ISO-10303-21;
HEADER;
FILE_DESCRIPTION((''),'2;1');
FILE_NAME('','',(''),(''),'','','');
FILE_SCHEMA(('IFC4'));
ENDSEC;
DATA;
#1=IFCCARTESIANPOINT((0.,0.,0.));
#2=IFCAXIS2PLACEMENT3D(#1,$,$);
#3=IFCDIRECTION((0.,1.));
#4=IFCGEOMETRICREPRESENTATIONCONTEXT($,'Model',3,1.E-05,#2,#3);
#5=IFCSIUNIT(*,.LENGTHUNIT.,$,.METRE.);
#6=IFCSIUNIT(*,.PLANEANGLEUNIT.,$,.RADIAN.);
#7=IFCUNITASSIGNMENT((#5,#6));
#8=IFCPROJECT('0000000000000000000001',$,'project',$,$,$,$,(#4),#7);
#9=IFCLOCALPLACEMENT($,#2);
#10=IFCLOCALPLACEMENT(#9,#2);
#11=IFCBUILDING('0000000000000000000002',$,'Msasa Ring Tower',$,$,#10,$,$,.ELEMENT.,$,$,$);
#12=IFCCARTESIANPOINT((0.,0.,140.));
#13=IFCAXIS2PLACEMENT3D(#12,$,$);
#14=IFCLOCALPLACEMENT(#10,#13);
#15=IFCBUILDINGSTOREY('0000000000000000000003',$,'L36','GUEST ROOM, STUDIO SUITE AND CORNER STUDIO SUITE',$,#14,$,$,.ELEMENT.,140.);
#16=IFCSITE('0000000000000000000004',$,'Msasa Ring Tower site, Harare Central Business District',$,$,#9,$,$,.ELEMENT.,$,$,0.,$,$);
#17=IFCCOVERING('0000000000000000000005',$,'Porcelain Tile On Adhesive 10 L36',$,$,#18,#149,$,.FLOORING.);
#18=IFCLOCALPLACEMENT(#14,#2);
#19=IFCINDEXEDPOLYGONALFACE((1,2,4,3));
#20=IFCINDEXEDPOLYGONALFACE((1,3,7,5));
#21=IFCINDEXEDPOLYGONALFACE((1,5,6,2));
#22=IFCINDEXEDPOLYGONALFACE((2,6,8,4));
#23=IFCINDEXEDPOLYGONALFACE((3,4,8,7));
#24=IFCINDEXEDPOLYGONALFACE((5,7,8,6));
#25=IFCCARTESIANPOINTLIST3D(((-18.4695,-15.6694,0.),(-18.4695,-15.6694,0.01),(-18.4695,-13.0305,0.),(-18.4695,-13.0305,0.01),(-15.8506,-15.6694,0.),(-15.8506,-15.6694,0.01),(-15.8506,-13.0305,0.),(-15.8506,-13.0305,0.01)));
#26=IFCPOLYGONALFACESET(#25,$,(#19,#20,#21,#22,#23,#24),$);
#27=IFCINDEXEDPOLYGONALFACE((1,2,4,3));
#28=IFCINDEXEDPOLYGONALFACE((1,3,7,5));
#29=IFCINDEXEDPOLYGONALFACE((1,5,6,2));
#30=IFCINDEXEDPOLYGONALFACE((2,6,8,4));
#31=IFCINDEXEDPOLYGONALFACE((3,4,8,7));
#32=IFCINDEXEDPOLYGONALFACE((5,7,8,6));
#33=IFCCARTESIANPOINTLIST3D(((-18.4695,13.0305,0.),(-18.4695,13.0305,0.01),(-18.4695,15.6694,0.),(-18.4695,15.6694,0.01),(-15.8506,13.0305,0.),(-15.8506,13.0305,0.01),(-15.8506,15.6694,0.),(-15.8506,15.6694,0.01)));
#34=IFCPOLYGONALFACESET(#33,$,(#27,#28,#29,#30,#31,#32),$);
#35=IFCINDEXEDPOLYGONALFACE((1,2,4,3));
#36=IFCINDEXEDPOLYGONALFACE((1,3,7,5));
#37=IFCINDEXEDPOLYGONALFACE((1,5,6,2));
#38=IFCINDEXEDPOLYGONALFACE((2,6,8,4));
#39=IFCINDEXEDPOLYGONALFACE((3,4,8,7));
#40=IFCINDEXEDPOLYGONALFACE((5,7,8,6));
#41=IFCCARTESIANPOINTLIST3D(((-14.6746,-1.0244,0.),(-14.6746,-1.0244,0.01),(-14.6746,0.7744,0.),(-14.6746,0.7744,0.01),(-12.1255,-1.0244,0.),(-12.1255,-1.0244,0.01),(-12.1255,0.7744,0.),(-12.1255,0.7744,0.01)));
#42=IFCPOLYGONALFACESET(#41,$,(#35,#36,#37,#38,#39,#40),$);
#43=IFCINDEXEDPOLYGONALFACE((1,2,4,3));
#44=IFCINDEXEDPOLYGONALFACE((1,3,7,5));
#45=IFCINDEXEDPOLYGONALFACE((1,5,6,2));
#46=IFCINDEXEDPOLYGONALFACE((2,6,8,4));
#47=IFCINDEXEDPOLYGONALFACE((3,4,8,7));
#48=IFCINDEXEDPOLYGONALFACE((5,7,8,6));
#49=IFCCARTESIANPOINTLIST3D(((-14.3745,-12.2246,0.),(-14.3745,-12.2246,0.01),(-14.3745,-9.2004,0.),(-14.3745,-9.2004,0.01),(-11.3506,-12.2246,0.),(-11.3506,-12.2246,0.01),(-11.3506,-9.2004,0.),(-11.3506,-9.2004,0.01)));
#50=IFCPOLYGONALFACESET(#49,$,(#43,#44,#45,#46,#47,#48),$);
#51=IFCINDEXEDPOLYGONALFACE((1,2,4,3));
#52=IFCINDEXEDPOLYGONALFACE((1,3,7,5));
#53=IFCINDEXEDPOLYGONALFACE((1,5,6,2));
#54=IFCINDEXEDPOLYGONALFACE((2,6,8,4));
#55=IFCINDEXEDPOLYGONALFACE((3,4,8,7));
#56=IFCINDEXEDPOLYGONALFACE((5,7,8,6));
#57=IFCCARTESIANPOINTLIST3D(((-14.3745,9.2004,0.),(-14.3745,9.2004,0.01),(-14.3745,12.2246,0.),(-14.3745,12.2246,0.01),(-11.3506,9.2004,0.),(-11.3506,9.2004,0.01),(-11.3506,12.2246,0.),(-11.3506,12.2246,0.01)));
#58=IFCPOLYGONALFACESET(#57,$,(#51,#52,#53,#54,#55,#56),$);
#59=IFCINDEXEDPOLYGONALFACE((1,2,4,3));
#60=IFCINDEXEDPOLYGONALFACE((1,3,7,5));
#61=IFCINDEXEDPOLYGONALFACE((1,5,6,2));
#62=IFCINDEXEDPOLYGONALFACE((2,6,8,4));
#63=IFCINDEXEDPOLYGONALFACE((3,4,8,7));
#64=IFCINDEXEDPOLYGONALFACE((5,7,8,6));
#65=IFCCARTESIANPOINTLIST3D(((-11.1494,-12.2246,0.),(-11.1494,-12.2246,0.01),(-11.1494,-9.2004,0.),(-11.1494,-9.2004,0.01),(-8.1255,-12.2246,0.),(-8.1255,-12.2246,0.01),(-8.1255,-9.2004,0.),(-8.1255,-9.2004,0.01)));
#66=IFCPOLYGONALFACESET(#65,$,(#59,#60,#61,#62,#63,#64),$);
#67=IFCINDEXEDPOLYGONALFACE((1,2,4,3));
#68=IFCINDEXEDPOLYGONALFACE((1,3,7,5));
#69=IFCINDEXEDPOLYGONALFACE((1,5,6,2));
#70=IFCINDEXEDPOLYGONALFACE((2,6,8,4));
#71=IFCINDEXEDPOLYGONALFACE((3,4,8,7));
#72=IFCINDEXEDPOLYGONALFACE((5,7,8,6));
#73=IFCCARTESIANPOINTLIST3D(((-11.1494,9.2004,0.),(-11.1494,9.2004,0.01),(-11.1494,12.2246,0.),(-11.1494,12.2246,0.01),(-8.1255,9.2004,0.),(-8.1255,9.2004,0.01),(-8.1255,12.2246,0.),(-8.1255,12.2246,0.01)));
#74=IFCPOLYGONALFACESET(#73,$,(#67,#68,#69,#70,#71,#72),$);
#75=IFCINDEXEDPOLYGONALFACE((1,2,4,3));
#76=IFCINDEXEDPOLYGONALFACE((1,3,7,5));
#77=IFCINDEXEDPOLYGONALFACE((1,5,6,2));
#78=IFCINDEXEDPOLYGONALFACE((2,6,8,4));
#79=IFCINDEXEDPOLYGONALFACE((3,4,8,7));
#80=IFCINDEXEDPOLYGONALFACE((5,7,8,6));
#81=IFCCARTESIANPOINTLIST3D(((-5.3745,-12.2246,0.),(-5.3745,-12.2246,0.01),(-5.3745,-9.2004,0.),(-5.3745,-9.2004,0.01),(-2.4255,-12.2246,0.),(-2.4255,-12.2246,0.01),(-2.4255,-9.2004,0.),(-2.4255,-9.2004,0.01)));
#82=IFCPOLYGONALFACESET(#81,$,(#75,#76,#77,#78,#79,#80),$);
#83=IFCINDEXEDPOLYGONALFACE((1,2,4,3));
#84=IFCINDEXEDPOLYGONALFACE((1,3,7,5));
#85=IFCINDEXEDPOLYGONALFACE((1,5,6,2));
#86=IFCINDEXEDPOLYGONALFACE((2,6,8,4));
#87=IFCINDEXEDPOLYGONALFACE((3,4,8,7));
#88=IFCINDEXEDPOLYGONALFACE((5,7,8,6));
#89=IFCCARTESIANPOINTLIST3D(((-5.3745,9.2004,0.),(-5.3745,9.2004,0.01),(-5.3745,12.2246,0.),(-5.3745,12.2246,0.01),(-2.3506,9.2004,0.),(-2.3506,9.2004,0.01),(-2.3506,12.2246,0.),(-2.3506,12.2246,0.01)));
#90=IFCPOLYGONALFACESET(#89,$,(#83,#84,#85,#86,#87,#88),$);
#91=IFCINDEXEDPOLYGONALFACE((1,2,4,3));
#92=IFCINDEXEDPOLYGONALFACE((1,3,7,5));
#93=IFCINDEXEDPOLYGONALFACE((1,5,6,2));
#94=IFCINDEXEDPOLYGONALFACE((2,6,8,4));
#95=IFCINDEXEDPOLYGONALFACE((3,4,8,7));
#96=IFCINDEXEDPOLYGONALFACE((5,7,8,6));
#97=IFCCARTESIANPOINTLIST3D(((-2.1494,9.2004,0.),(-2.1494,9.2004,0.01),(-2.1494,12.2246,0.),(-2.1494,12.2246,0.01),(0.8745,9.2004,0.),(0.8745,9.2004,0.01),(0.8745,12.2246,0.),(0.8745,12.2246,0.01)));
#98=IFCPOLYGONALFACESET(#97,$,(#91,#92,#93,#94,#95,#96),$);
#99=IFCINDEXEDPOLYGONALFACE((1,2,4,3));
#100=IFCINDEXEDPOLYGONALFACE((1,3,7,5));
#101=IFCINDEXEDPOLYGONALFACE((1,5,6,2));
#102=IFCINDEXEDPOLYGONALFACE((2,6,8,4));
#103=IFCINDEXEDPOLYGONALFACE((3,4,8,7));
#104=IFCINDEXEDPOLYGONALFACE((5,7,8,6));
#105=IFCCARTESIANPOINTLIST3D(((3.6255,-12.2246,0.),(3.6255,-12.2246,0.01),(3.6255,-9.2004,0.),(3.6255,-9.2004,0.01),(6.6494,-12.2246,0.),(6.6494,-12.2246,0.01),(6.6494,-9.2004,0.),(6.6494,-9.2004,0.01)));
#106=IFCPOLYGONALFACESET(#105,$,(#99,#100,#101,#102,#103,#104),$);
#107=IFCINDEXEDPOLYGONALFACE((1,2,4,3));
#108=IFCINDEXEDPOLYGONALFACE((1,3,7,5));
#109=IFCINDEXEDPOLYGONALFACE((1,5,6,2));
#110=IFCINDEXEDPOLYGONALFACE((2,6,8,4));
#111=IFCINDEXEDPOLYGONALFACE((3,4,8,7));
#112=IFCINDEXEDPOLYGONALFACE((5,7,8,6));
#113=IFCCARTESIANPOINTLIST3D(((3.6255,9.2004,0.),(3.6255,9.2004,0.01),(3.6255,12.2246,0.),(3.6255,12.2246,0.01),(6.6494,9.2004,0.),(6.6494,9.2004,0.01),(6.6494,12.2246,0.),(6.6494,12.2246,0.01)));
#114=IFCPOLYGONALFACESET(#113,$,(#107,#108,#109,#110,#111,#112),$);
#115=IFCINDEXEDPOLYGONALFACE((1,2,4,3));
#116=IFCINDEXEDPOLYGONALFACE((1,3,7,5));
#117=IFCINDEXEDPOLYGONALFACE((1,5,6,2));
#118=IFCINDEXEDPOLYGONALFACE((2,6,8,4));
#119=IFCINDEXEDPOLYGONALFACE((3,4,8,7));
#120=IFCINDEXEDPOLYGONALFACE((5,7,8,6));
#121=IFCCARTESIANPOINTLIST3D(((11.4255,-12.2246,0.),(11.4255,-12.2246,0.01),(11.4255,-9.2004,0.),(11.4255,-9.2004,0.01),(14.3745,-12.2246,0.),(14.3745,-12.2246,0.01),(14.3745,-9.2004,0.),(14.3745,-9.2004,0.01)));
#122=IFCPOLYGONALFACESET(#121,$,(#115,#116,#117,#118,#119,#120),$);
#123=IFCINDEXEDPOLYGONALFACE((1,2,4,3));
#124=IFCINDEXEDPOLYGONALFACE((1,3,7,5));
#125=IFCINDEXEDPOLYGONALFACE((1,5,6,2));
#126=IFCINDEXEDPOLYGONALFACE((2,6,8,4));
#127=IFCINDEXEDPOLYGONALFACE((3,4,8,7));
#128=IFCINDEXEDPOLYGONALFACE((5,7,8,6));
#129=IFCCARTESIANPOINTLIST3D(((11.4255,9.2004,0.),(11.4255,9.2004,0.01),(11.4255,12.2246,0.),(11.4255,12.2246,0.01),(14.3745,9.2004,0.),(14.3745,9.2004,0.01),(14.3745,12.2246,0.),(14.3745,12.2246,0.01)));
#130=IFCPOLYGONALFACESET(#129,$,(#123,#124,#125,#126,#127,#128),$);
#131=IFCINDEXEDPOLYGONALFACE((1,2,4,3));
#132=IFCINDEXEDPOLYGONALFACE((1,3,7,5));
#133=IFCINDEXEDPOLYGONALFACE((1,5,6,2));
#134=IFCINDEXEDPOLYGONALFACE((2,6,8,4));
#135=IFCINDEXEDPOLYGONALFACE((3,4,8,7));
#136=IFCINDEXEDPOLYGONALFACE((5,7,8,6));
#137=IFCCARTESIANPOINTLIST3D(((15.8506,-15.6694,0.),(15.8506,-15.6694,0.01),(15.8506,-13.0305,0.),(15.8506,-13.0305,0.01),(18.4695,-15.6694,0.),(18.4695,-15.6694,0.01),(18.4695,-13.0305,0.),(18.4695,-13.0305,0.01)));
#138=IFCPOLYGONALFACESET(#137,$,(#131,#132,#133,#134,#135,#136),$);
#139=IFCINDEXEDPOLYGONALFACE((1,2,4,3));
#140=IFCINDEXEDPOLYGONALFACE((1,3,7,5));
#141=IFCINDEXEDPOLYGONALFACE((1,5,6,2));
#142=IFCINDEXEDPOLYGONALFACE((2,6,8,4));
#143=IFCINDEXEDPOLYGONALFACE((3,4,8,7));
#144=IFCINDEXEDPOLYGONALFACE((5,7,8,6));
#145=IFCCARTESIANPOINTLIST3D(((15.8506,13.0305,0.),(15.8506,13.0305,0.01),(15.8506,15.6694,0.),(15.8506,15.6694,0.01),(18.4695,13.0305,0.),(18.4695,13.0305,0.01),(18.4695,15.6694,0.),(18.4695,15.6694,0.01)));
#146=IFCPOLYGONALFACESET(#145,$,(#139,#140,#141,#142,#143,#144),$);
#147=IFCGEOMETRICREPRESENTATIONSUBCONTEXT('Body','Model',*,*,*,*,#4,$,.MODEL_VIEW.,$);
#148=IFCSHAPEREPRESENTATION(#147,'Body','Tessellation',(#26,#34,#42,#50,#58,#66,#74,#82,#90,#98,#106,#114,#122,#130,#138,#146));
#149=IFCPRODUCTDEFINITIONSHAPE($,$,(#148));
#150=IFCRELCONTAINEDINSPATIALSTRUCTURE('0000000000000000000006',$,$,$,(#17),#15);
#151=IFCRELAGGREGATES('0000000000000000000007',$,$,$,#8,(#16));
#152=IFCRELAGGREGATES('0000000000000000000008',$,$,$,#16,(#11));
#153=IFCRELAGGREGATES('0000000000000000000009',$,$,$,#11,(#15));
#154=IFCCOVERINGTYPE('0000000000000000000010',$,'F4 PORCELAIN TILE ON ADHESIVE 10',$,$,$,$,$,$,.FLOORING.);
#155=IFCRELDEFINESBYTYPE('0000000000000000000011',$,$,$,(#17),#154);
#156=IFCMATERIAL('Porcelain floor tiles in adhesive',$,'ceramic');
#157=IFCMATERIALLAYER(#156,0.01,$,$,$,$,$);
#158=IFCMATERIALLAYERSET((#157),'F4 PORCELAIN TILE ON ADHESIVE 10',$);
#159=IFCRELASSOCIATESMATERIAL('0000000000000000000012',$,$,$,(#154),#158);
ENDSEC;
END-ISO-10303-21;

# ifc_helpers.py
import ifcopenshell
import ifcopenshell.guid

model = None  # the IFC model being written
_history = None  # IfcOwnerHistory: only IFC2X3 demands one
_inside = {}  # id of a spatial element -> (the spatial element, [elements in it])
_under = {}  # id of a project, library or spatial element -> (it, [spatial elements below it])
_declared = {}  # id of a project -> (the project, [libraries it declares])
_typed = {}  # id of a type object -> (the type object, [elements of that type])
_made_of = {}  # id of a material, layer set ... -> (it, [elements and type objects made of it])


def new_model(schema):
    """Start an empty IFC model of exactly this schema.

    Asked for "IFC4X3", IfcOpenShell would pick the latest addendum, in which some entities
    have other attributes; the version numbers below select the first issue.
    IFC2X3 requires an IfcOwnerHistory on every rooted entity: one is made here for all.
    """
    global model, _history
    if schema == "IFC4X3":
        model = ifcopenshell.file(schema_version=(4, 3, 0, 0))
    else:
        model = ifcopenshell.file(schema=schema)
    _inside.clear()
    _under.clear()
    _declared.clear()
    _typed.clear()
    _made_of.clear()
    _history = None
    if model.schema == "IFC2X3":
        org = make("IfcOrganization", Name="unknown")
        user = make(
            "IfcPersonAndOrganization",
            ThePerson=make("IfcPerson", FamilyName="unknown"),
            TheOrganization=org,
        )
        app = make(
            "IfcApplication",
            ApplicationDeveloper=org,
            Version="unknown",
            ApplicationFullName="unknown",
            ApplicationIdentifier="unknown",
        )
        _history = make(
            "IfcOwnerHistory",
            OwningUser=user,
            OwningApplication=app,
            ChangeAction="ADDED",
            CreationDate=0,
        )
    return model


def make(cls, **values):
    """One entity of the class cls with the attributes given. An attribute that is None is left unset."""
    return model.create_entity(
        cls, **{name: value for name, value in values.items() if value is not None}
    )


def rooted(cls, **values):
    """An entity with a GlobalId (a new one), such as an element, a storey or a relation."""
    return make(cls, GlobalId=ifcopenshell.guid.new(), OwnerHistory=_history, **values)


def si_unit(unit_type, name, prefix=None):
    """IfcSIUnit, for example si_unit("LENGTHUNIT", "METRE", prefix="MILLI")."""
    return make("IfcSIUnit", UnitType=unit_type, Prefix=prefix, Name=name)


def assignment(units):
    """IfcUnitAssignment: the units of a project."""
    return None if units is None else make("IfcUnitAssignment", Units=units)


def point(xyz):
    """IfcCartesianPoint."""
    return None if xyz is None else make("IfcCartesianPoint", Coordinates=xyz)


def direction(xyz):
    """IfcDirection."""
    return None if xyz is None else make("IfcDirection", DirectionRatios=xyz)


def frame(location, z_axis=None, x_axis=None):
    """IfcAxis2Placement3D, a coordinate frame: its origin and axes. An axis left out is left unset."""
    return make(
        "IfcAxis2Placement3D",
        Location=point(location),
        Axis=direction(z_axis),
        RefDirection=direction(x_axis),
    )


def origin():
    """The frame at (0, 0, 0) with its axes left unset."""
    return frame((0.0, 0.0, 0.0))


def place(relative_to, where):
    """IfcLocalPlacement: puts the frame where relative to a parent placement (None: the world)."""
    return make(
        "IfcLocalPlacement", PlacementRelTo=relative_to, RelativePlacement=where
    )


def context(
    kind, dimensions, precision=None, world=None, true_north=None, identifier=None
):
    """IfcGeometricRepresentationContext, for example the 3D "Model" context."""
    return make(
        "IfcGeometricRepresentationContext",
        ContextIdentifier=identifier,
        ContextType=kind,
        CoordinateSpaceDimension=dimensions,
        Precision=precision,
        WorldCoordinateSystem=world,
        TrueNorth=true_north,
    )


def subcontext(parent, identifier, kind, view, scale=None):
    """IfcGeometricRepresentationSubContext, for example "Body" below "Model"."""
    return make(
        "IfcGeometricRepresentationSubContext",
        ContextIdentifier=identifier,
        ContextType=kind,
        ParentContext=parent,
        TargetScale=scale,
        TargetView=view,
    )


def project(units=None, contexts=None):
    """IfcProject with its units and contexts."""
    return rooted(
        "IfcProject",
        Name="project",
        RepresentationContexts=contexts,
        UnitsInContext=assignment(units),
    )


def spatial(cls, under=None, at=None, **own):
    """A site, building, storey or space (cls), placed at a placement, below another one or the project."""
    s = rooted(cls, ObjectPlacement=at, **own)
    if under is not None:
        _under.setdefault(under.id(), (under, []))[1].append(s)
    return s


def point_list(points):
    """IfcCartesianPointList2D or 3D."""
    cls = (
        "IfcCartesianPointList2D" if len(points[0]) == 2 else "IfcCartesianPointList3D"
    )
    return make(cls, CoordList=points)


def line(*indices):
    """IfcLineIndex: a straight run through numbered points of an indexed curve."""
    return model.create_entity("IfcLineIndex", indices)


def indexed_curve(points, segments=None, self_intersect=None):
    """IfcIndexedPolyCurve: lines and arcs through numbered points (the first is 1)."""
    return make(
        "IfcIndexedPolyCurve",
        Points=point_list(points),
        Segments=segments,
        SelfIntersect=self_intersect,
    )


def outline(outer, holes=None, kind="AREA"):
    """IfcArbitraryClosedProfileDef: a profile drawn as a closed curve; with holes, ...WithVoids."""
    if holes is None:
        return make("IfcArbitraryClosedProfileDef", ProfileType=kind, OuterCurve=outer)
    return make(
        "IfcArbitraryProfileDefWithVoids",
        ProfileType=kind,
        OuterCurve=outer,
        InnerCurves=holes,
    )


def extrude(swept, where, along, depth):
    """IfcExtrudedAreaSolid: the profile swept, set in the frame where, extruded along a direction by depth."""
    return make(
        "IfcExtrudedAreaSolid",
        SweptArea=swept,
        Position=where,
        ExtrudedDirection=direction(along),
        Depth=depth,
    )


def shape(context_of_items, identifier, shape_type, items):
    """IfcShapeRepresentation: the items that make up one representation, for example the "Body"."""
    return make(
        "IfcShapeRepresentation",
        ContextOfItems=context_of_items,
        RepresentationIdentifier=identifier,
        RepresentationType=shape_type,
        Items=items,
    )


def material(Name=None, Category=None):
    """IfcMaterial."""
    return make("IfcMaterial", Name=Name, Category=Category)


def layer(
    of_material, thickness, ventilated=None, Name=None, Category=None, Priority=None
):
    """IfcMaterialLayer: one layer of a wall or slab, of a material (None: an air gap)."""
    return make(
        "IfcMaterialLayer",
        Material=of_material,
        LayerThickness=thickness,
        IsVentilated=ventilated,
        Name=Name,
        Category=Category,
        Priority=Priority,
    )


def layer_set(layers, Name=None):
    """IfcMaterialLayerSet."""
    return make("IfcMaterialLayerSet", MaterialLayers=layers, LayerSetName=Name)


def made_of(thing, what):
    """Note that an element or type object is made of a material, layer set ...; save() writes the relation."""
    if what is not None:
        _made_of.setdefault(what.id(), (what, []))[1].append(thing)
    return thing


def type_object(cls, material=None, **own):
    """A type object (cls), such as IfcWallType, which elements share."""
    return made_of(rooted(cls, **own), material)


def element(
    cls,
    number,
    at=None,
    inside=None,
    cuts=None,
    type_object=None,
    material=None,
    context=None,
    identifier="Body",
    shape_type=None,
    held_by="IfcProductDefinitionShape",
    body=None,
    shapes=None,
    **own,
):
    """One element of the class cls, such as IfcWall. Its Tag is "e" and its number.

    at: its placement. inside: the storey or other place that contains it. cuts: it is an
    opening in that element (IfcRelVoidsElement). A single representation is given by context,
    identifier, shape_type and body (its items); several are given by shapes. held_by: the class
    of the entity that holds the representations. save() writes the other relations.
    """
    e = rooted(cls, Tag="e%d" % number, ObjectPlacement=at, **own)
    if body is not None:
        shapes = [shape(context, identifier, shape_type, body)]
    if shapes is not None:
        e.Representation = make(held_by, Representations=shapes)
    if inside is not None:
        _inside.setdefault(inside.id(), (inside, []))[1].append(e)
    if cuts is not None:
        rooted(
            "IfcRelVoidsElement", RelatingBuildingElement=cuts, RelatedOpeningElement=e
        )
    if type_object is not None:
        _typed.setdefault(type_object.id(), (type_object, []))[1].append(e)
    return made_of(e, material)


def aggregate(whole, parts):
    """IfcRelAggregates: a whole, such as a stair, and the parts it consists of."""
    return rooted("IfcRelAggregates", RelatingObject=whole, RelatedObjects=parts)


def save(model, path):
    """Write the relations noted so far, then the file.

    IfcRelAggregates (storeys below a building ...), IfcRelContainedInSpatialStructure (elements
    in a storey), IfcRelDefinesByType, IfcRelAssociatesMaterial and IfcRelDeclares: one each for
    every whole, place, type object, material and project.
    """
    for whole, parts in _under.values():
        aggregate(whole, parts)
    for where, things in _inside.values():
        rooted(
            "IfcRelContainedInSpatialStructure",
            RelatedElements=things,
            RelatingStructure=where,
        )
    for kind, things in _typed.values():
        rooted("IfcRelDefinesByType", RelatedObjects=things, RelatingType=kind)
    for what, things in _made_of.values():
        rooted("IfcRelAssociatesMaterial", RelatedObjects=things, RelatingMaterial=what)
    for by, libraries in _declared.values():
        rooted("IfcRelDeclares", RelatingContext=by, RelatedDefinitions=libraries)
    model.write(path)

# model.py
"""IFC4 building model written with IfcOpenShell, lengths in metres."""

from ifc_helpers import new_model, si_unit, direction, frame, origin, place, context, subcontext, project, spatial, line, indexed_curve, outline, extrude, material, layer, layer_set, type_object, element, save


model = new_model("IFC4")

# Units and contexts
model_context = context("Model", 3, precision=1e-05, world=origin(), true_north=direction((0.0, 1.0)))
body_context = subcontext(model_context, "Body", "Model", "MODEL_VIEW")
ifc_project = project(units=[si_unit("LENGTHUNIT", "METRE"), si_unit("PLANEANGLEUNIT", "RADIAN")], contexts=[model_context])

# Site, building, storey
site_placement = place(None, origin())
site = spatial("IfcSite", under=ifc_project, at=site_placement, Name="Msasa Ring Tower site, Harare Central Business District", CompositionType="ELEMENT", RefElevation=0.0)
building_placement = place(site_placement, origin())
building = spatial("IfcBuilding", under=site, at=building_placement, Name="Msasa Ring Tower", CompositionType="ELEMENT")
storey_placement = place(building_placement, frame((0.0, 0.0, 140.0)))
storey = spatial("IfcBuildingStorey", under=building, at=storey_placement, Name="L36", Description="GUEST ROOM, STUDIO SUITE AND CORNER STUDIO SUITE", CompositionType="ELEMENT", Elevation=140.0)

# Covering
ifc_material_1 = material(Name="Porcelain floor tiles in adhesive", Category="ceramic")
ifc_layer_1 = layer(ifc_material_1, 0.01)
ifc_layer_set_1 = layer_set([ifc_layer_1], Name="F4 PORCELAIN TILE ON ADHESIVE 10")
covering_type_1 = type_object("IfcCoveringType", Name="F4 PORCELAIN TILE ON ADHESIVE 10", PredefinedType="FLOORING", material=ifc_layer_set_1)
covering_1_placement = place(storey_placement, origin())
element("IfcCovering", 1, at=covering_1_placement, inside=storey, type_object=covering_type_1, Name="Porcelain Tile On Adhesive 10 L36", PredefinedType="FLOORING", context=body_context, shape_type="SweptSolid", body=[
    extrude(outline(indexed_curve([(-15.8506, -13.0305), (-15.8506, -15.6694), (-18.4695, -15.6694), (-18.4695, -13.0305)], segments=[line(1, 2, 3, 4, 1)], self_intersect=False)), origin(), (0.0, 0.0, 1.0), 0.01),
    extrude(outline(indexed_curve([(-15.8506, 15.6694), (-15.8506, 13.0305), (-18.4695, 13.0305), (-18.4695, 15.6694)], segments=[line(1, 2, 3, 4, 1)], self_intersect=False)), origin(), (0.0, 0.0, 1.0), 0.01),
    extrude(outline(indexed_curve([(-12.1255, -1.0244), (-14.6746, -1.0244), (-14.6746, 0.7744), (-12.1255, 0.7744)], segments=[line(1, 2, 3, 4, 1)], self_intersect=False)), origin(), (0.0, 0.0, 1.0), 0.01),
    extrude(outline(indexed_curve([(-11.3506, -9.2004), (-11.3506, -12.2246), (-14.3745, -12.2246), (-14.3745, -9.2004)], segments=[line(1, 2, 3, 4, 1)], self_intersect=False)), origin(), (0.0, 0.0, 1.0), 0.01),
    extrude(outline(indexed_curve([(-11.3506, 9.2004), (-14.3745, 9.2004), (-14.3745, 12.2246), (-11.3506, 12.2246)], segments=[line(1, 2, 3, 4, 1)], self_intersect=False)), origin(), (0.0, 0.0, 1.0), 0.01),
    extrude(outline(indexed_curve([(-8.1255, -9.2004), (-8.1255, -12.2246), (-11.1494, -12.2246), (-11.1494, -9.2004)], segments=[line(1, 2, 3, 4, 1)], self_intersect=False)), origin(), (0.0, 0.0, 1.0), 0.01),
    extrude(outline(indexed_curve([(-11.1494, 9.2004), (-11.1494, 12.2246), (-8.1255, 12.2246), (-8.1255, 9.2004)], segments=[line(1, 2, 3, 4, 1)], self_intersect=False)), origin(), (0.0, 0.0, 1.0), 0.01),
    extrude(outline(indexed_curve([(-2.4255, -9.2004), (-2.4255, -12.2246), (-5.3745, -12.2246), (-5.3745, -9.2004)], segments=[line(1, 2, 3, 4, 1)], self_intersect=False)), origin(), (0.0, 0.0, 1.0), 0.01),
    extrude(outline(indexed_curve([(-2.3506, 9.2004), (-5.3745, 9.2004), (-5.3745, 12.2246), (-2.3506, 12.2246)], segments=[line(1, 2, 3, 4, 1)], self_intersect=False)), origin(), (0.0, 0.0, 1.0), 0.01),
    extrude(outline(indexed_curve([(-2.1494, 9.2004), (-2.1494, 12.2246), (0.8745, 12.2246), (0.8745, 9.2004)], segments=[line(1, 2, 3, 4, 1)], self_intersect=False)), origin(), (0.0, 0.0, 1.0), 0.01),
    extrude(outline(indexed_curve([(6.6494, -9.2004), (6.6494, -12.2246), (3.6255, -12.2246), (3.6255, -9.2004)], segments=[line(1, 2, 3, 4, 1)], self_intersect=False)), origin(), (0.0, 0.0, 1.0), 0.01),
    extrude(outline(indexed_curve([(6.6494, 9.2004), (3.6255, 9.2004), (3.6255, 12.2246), (6.6494, 12.2246)], segments=[line(1, 2, 3, 4, 1)], self_intersect=False)), origin(), (0.0, 0.0, 1.0), 0.01),
    extrude(outline(indexed_curve([(14.3745, -9.2004), (14.3745, -12.2246), (11.4255, -12.2246), (11.4255, -9.2004)], segments=[line(1, 2, 3, 4, 1)], self_intersect=False)), origin(), (0.0, 0.0, 1.0), 0.01),
    extrude(outline(indexed_curve([(11.4255, 9.2004), (11.4255, 12.2246), (14.3745, 12.2246), (14.3745, 9.2004)], segments=[line(1, 2, 3, 4, 1)], self_intersect=False)), origin(), (0.0, 0.0, 1.0), 0.01),
    extrude(outline(indexed_curve([(18.4695, -13.0305), (18.4695, -15.6694), (15.8506, -15.6694), (15.8506, -13.0305)], segments=[line(1, 2, 3, 4, 1)], self_intersect=False)), origin(), (0.0, 0.0, 1.0), 0.01),
    extrude(outline(indexed_curve([(18.4695, 15.6694), (18.4695, 13.0305), (15.8506, 13.0305), (15.8506, 15.6694)], segments=[line(1, 2, 3, 4, 1)], self_intersect=False)), origin(), (0.0, 0.0, 1.0), 0.01),
])

save(model, "model.ifc")
